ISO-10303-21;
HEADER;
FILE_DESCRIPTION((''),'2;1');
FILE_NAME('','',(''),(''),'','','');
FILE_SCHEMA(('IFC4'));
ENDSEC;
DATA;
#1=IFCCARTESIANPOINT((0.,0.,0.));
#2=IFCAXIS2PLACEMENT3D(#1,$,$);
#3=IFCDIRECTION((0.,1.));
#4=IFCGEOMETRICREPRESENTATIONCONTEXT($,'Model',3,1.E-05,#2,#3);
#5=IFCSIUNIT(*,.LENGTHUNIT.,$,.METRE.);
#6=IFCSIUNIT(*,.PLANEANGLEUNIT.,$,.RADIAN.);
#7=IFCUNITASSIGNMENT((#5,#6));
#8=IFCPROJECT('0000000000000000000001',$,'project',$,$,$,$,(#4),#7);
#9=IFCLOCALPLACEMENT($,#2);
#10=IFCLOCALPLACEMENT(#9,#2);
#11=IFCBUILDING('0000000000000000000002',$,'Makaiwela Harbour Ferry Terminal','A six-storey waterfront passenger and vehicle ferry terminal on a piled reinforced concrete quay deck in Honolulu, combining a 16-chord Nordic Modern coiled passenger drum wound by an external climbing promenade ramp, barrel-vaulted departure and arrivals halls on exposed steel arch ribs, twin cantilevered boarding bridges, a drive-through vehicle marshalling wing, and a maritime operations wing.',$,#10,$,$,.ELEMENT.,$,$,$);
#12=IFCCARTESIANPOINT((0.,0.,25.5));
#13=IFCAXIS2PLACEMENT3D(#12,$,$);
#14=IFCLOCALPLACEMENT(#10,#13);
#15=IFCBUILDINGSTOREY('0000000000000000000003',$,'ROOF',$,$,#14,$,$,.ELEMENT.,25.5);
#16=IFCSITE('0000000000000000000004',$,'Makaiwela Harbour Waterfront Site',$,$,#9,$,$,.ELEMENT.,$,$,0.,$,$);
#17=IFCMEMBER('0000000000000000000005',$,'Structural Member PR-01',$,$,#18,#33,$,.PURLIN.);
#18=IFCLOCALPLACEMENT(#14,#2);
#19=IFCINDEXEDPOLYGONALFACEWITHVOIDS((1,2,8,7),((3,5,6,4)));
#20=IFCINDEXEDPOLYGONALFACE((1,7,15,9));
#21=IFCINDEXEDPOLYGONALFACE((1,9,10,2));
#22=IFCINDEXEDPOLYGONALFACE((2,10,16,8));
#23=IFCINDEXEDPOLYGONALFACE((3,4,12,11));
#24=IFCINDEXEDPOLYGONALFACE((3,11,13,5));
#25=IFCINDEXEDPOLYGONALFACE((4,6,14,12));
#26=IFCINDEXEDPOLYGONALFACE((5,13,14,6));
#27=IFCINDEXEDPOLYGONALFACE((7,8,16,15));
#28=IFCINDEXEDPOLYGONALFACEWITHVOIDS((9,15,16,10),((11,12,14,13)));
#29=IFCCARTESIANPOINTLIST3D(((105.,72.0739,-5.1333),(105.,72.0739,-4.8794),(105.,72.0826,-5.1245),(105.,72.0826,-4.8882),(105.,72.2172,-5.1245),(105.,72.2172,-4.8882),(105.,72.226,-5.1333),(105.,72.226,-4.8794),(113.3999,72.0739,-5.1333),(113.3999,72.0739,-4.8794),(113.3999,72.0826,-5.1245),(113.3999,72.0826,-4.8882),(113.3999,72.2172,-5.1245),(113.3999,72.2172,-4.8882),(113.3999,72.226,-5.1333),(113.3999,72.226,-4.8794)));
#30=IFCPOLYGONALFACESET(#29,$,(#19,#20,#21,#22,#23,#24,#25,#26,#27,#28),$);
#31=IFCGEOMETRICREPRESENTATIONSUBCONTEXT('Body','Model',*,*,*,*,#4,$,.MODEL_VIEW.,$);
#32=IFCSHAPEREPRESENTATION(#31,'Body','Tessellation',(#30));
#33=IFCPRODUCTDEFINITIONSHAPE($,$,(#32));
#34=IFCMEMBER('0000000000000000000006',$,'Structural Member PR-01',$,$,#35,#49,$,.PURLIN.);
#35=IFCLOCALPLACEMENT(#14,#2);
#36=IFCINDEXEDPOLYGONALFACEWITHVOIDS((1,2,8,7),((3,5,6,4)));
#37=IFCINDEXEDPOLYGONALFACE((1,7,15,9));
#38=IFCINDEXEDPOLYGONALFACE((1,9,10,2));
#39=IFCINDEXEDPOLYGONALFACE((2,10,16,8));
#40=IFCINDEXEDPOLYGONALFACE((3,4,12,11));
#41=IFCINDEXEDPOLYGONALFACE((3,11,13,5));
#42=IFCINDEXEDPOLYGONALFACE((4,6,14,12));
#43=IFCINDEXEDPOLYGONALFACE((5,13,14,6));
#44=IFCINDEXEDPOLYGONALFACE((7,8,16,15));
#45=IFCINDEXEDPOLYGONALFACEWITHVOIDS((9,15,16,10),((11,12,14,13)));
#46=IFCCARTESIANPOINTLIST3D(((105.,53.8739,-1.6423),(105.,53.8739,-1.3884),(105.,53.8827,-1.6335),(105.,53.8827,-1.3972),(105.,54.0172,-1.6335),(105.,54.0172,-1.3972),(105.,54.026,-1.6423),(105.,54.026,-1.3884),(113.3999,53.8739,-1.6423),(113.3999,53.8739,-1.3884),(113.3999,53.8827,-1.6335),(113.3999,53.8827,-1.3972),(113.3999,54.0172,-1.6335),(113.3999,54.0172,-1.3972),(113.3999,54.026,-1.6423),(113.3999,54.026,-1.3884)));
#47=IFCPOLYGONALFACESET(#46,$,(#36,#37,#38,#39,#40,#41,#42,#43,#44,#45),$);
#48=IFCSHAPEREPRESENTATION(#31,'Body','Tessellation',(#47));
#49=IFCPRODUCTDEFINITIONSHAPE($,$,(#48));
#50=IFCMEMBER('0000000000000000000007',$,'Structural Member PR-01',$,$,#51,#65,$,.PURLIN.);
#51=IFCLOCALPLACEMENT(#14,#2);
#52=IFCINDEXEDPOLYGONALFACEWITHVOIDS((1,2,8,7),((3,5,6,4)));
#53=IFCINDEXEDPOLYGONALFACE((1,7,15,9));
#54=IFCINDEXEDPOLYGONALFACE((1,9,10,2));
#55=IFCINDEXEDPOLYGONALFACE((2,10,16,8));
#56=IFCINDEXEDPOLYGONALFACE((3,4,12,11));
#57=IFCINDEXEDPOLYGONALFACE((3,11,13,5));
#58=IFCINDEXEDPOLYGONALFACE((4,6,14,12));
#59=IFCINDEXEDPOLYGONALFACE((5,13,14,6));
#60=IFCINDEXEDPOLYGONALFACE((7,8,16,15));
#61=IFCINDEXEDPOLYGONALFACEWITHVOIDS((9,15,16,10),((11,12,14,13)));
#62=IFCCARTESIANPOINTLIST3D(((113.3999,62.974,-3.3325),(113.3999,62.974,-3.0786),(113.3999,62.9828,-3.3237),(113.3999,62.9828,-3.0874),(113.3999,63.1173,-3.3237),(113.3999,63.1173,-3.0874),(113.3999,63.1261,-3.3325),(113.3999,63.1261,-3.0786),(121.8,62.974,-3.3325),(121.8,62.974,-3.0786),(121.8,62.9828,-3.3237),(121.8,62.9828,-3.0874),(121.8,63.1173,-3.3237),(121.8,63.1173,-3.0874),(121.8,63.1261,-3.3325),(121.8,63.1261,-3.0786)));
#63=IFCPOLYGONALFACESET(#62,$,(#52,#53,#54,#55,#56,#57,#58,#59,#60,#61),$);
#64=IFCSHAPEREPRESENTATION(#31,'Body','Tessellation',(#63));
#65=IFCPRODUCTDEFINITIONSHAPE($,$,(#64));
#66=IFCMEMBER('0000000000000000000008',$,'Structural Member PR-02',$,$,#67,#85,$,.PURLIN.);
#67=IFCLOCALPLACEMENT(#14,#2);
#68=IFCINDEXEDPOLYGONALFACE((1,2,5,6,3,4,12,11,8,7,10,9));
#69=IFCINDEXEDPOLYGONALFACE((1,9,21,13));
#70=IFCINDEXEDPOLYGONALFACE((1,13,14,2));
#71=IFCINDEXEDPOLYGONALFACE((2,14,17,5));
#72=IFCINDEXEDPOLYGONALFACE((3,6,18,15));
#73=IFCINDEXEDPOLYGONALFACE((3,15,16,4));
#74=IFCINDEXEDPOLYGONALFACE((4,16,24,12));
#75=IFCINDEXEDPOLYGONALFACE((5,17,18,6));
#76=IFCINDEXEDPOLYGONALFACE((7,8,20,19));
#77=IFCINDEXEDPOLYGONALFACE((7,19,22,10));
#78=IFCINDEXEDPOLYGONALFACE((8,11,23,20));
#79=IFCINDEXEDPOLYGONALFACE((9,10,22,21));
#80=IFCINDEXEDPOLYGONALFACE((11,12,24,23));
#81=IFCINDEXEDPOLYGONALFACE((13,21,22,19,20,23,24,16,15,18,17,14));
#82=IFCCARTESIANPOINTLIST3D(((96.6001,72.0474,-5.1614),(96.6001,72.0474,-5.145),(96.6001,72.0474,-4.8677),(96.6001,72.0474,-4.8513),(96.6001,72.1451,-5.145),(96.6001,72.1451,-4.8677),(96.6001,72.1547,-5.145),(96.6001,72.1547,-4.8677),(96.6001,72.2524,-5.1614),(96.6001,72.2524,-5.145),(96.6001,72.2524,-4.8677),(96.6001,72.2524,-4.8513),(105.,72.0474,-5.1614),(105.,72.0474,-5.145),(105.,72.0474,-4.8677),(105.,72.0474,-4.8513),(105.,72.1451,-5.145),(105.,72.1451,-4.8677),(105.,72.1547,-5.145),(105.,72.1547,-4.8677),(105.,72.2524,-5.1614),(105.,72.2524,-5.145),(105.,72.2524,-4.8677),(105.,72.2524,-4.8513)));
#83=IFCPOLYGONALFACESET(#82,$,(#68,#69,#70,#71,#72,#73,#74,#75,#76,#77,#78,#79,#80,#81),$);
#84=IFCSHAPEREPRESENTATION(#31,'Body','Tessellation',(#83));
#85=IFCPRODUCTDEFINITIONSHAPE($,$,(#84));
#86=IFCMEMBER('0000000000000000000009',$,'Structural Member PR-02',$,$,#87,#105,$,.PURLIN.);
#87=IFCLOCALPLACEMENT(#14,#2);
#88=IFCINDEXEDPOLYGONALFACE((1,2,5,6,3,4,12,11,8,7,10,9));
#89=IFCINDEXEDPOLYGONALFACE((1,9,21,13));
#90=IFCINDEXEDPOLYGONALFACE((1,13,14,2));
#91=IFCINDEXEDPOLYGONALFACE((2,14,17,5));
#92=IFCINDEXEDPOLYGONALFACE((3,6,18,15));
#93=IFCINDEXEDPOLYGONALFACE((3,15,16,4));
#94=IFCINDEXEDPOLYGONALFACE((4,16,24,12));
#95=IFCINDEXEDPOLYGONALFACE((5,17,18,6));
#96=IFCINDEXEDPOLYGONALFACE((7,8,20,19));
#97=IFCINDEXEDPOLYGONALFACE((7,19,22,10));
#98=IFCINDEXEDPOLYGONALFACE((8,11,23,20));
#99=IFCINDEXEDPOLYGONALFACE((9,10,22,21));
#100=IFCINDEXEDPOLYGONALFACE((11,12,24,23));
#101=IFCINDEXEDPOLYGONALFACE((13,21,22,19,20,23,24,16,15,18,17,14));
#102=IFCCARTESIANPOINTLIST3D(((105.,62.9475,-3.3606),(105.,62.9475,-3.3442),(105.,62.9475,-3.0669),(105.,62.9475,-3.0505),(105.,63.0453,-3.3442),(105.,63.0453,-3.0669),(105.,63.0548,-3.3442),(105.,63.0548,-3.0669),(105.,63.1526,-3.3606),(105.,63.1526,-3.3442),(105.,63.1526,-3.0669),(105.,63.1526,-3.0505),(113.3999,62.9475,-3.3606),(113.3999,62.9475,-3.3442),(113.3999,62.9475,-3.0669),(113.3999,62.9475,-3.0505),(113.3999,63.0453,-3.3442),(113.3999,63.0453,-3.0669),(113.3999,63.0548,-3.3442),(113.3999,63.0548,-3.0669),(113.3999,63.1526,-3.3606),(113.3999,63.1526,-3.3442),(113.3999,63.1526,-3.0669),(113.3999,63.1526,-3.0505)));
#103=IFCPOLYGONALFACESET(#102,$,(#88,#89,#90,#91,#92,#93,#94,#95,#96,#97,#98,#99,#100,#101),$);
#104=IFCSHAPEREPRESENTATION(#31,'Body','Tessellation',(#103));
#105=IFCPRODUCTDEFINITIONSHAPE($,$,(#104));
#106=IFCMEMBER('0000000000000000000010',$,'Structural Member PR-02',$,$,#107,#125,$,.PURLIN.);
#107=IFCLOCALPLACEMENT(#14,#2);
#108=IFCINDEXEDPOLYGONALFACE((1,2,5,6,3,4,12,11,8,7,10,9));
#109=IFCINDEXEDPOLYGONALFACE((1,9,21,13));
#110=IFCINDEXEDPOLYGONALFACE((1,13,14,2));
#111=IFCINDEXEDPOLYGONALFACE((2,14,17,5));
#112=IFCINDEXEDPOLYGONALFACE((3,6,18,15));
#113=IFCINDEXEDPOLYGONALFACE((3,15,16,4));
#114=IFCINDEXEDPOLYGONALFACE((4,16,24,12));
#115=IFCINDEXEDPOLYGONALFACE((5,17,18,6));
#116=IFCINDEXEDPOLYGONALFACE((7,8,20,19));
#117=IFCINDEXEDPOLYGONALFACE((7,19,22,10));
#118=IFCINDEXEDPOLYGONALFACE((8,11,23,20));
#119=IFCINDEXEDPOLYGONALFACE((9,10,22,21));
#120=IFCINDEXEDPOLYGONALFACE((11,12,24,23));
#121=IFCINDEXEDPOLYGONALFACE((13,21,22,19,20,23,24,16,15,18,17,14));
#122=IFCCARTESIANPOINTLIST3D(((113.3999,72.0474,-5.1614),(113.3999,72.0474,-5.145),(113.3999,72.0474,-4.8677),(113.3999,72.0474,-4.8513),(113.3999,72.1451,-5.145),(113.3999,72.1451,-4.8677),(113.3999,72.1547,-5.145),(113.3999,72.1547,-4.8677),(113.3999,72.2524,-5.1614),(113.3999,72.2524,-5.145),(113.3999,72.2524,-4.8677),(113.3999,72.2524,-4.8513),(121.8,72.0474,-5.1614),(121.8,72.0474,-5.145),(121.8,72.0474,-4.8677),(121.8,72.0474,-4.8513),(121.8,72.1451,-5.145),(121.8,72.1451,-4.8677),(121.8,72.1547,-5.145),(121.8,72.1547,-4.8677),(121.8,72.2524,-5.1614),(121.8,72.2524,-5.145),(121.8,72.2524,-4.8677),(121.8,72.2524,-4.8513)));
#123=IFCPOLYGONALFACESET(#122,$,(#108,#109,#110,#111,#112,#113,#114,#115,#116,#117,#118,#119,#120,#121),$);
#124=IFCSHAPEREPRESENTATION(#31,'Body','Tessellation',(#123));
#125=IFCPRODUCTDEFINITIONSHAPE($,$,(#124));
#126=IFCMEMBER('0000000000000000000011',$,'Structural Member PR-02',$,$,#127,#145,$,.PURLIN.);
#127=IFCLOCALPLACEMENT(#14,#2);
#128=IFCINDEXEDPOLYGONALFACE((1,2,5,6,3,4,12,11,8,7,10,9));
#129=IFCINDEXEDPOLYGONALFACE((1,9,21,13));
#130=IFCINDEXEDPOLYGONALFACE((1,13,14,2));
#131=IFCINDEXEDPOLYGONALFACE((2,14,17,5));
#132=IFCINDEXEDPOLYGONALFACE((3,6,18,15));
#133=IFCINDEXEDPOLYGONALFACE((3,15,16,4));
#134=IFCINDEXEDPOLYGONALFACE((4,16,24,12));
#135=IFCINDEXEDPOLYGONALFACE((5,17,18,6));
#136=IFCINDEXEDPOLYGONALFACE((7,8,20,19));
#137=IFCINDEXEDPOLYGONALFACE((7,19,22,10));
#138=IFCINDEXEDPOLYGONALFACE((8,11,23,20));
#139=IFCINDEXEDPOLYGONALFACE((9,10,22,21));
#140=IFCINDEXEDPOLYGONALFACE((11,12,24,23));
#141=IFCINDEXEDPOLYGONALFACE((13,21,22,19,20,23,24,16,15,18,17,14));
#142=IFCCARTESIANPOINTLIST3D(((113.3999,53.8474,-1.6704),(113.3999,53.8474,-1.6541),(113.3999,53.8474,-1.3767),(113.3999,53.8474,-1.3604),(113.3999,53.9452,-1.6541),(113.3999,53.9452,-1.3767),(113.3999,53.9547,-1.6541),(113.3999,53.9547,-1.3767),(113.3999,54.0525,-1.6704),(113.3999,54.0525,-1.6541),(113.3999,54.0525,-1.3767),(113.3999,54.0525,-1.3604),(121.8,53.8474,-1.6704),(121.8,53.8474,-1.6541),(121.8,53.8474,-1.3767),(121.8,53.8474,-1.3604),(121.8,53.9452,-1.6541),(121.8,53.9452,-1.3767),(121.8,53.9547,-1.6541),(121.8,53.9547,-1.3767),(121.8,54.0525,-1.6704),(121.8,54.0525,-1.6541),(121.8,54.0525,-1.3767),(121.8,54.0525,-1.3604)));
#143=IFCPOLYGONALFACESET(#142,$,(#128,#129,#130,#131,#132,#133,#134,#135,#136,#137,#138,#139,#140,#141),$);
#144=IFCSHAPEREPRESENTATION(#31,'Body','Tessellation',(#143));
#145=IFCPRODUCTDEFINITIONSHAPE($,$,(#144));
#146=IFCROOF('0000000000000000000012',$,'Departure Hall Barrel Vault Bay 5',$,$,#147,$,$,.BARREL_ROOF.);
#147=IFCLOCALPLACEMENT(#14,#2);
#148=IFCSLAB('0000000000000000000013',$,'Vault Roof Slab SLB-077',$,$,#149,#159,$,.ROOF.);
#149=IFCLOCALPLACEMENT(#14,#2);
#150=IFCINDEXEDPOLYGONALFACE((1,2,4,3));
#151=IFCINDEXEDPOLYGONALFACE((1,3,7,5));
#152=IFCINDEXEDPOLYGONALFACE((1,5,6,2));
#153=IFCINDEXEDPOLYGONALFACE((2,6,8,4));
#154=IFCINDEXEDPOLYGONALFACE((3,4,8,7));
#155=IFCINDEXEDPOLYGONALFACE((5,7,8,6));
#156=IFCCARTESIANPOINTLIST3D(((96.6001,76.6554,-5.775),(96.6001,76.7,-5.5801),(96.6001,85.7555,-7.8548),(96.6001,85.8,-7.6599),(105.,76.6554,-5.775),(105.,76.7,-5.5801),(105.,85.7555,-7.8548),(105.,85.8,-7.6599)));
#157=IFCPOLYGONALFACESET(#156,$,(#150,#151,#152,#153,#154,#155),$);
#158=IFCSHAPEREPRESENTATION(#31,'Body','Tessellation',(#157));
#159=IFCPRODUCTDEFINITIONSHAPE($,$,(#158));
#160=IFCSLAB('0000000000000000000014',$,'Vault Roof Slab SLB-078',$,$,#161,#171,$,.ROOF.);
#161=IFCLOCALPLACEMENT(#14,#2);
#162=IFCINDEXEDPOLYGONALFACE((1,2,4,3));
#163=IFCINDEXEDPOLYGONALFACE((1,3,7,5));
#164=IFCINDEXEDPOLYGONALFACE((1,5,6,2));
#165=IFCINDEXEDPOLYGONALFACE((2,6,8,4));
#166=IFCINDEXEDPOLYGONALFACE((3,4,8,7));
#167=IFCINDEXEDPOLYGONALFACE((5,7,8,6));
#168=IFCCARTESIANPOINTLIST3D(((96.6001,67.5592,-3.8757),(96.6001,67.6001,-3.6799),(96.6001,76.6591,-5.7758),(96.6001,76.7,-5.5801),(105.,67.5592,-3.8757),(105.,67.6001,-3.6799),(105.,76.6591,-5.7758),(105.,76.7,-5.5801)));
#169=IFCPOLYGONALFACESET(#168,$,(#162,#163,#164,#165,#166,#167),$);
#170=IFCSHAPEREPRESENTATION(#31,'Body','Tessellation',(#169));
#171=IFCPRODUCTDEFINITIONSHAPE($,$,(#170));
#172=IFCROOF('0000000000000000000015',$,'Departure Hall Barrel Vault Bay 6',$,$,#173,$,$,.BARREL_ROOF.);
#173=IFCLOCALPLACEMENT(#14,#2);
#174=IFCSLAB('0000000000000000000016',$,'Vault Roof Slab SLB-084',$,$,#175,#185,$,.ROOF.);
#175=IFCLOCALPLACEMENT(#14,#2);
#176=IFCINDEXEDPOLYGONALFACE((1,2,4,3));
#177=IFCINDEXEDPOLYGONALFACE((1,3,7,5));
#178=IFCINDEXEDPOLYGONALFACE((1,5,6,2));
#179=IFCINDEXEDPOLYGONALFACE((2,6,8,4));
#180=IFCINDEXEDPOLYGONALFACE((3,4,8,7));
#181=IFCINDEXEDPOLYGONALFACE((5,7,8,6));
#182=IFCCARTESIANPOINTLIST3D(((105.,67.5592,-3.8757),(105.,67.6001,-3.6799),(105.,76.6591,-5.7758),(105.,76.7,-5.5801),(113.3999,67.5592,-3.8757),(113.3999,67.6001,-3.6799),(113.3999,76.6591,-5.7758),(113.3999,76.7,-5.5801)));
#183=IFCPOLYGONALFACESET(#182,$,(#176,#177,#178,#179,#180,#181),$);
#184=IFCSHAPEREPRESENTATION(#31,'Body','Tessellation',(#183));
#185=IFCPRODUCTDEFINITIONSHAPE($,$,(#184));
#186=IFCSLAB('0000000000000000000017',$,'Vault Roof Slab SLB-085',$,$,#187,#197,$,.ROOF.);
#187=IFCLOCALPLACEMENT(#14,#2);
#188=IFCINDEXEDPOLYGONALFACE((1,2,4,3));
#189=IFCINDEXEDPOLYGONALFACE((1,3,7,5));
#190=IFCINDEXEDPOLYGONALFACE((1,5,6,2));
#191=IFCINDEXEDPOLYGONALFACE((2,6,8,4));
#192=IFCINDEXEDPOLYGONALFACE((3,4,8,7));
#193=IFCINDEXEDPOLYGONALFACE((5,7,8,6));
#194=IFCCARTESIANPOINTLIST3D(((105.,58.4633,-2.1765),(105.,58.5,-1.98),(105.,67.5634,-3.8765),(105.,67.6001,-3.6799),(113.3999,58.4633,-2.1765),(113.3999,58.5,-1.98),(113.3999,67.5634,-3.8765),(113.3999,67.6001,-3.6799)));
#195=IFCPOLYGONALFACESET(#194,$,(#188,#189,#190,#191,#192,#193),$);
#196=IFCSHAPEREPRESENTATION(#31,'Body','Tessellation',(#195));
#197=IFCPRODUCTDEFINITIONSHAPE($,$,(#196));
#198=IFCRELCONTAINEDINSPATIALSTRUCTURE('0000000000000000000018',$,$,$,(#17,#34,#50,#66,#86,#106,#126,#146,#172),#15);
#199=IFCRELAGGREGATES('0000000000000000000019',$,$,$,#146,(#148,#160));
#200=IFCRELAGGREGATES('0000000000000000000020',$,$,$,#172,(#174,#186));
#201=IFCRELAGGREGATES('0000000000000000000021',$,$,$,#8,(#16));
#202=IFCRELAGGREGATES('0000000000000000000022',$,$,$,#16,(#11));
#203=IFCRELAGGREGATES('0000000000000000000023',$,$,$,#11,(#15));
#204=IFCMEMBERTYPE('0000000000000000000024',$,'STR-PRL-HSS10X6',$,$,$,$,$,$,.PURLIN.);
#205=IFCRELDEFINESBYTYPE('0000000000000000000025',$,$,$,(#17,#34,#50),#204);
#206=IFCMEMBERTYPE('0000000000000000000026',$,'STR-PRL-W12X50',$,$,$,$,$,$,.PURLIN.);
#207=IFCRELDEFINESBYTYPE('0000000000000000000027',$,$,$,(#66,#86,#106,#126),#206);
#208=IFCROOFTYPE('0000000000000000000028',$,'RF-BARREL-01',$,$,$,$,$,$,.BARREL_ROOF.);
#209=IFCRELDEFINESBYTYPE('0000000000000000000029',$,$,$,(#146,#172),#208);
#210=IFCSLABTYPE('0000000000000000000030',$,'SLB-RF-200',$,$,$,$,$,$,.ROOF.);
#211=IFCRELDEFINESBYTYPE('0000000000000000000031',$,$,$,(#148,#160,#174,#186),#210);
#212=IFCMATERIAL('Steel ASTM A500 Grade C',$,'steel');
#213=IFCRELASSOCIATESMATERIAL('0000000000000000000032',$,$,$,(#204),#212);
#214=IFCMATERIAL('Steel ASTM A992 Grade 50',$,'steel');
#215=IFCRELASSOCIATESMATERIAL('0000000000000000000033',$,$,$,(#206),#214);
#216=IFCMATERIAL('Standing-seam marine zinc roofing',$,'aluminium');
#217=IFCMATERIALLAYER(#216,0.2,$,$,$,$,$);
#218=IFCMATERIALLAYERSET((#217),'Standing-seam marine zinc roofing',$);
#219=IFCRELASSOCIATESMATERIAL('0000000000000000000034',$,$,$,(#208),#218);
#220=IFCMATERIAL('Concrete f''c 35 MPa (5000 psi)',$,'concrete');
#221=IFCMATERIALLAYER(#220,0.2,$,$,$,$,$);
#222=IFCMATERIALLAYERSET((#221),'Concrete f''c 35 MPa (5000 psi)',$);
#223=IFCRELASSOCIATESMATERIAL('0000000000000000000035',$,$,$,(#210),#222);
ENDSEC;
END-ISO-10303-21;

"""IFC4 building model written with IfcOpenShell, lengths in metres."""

from ifc_helpers import new_model, si_unit, direction, frame, origin, origin_2d, place, context, subcontext, project, spatial, polyline, hollow_rectangle, i_section, outline, extrude, material, layer, layer_set, material_profile, profile_set, type_object, element, aggregate, save


model = new_model("IFC4")

# Units and contexts
model_context = context("Model", 3, precision=1e-05, world=origin(), true_north=direction((0.0, 1.0)))
body_context = subcontext(model_context, "Body", "Model", "MODEL_VIEW")
ifc_project = project(units=[si_unit("LENGTHUNIT", "METRE"), si_unit("PLANEANGLEUNIT", "RADIAN")], contexts=[model_context])

# Site, building, storey
site_placement = place(None, origin())
site = spatial("IfcSite", under=ifc_project, at=site_placement, Name="Makaiwela Harbour Waterfront Site", CompositionType="ELEMENT", RefElevation=0.0)
building_placement = place(site_placement, origin())
building = spatial("IfcBuilding", under=site, at=building_placement, Name="Makaiwela Harbour Ferry Terminal", Description="A six-storey waterfront passenger and vehicle ferry terminal on a piled reinforced concrete quay deck in Honolulu, combining a 16-chord Nordic Modern coiled passenger drum wound by an external climbing promenade ramp, barrel-vaulted departure and arrivals halls on exposed steel arch ribs, twin cantilevered boarding bridges, a drive-through vehicle marshalling wing, and a maritime operations wing.", CompositionType="ELEMENT")
storey_placement = place(building_placement, frame((0.0, 0.0, 25.5)))
storey = spatial("IfcBuildingStorey", under=building, at=storey_placement, Name="ROOF", CompositionType="ELEMENT", Elevation=25.5)

# Shared definitions
ifc_material_1 = material(Name="Steel ASTM A992 Grade 50", Category="steel")

# Members
ifc_material_2 = material(Name="Steel ASTM A500 Grade C", Category="steel")
ifc_material_profile_1 = material_profile(ifc_material_2, hollow_rectangle(XDim=0.1521, YDim=0.2539, WallThickness=0.0088, at=origin_2d()), Name="HSS10X6X3/8")
ifc_profile_set_1 = profile_set([ifc_material_profile_1], Name="Steel ASTM A500 Grade C")
member_type_1 = type_object("IfcMemberType", Name="STR-PRL-HSS10X6", PredefinedType="PURLIN", material=ifc_profile_set_1)
for number, where, z_axis, x_axis, name in (
    (1, (105.0, 72.1499, -5.0063), (1.0, 0.0, 0.0), (0.0, 1.0, 0.0), "Structural Member PR-01"),
    (2, (105.0, 53.95, -1.5154), (1.0, 0.0, 0.0), (0.0, 1.0, 0.0), "Structural Member PR-01"),
):
    element("IfcMember", number, at=place(storey_placement, frame(where, z_axis=z_axis, x_axis=x_axis)), inside=storey, type_object=member_type_1, Name=name, PredefinedType="PURLIN", context=body_context, shape_type="SweptSolid", body=[
        extrude(hollow_rectangle(XDim=0.1521, YDim=0.2539, WallThickness=0.0088, at=origin_2d()), origin(), (0.0, 0.0, 1.0), 8.3999),
    ])
member_1_placement = place(storey_placement, frame((113.3999, 63.05, -3.2056), z_axis=(1.0, 0.0, 0.0), x_axis=(0.0, 1.0, 0.0)))
element("IfcMember", 3, at=member_1_placement, inside=storey, type_object=member_type_1, Name="Structural Member PR-01", PredefinedType="PURLIN", context=body_context, shape_type="SweptSolid", body=[
    extrude(hollow_rectangle(XDim=0.1521, YDim=0.2539, WallThickness=0.0088, at=origin_2d()), origin(), (0.0, 0.0, 1.0), 8.4001),
])
ifc_material_profile_2 = material_profile(ifc_material_1, i_section(OverallWidth=0.2051, OverallDepth=0.3101, WebThickness=0.0095, FlangeThickness=0.0164, at=origin_2d()), Name="W12X50")
ifc_profile_set_2 = profile_set([ifc_material_profile_2], Name="Steel ASTM A992 Grade 50")
member_type_2 = type_object("IfcMemberType", Name="STR-PRL-W12X50", PredefinedType="PURLIN", material=ifc_profile_set_2)
for number, where, z_axis, x_axis, name in (
    (4, (96.6001, 72.1499, -5.0063), (1.0, 0.0, 0.0), (0.0, 1.0, 0.0), "Structural Member PR-02"),
    (5, (105.0, 63.05, -3.2056), (1.0, 0.0, 0.0), (0.0, 1.0, 0.0), "Structural Member PR-02"),
):
    element("IfcMember", number, at=place(storey_placement, frame(where, z_axis=z_axis, x_axis=x_axis)), inside=storey, type_object=member_type_2, Name=name, PredefinedType="PURLIN", context=body_context, shape_type="SweptSolid", body=[
        extrude(i_section(OverallWidth=0.2051, OverallDepth=0.3101, WebThickness=0.0095, FlangeThickness=0.0164, at=origin_2d()), origin(), (0.0, 0.0, 1.0), 8.3999),
    ])
for number, where, z_axis, x_axis, name in (
    (6, (113.3999, 72.1499, -5.0063), (1.0, 0.0, 0.0), (0.0, 1.0, 0.0), "Structural Member PR-02"),
    (7, (113.3999, 53.95, -1.5154), (1.0, 0.0, 0.0), (0.0, 1.0, 0.0), "Structural Member PR-02"),
):
    element("IfcMember", number, at=place(storey_placement, frame(where, z_axis=z_axis, x_axis=x_axis)), inside=storey, type_object=member_type_2, Name=name, PredefinedType="PURLIN", context=body_context, shape_type="SweptSolid", body=[
        extrude(i_section(OverallWidth=0.2051, OverallDepth=0.3101, WebThickness=0.0095, FlangeThickness=0.0164, at=origin_2d()), origin(), (0.0, 0.0, 1.0), 8.4001),
    ])

# Roofs, slabs
ifc_material_3 = material(Name="Standing-seam marine zinc roofing", Category="aluminium")
ifc_layer_1 = layer(ifc_material_3, 0.2)
ifc_layer_set_1 = layer_set([ifc_layer_1], Name="Standing-seam marine zinc roofing")
roof_type = type_object("IfcRoofType", Name="RF-BARREL-01", PredefinedType="BARREL_ROOF", material=ifc_layer_set_1)
roof_1_placement = place(storey_placement, origin())
roof_1 = element("IfcRoof", 8, at=roof_1_placement, inside=storey, type_object=roof_type, Name="Departure Hall Barrel Vault Bay 5", PredefinedType="BARREL_ROOF")
ifc_material_4 = material(Name="Concrete f'c 35 MPa (5000 psi)", Category="concrete")
ifc_layer_2 = layer(ifc_material_4, 0.2)
ifc_layer_set_2 = layer_set([ifc_layer_2], Name="Concrete f'c 35 MPa (5000 psi)")
slab_type = type_object("IfcSlabType", Name="SLB-RF-200", PredefinedType="ROOF", material=ifc_layer_set_2)
slab_1_placement = place(storey_placement, frame((96.6001, 76.7, -5.5801), z_axis=(0.0, 0.222806, 0.974863), x_axis=(1.0, 0.0, 0.0)))
slab_1 = element("IfcSlab", 9, at=slab_1_placement, type_object=slab_type, Name="Vault Roof Slab SLB-077", PredefinedType="ROOF", context=body_context, shape_type="SweptSolid", body=[
    extrude(outline(polyline([(0.0, 0.0), (8.3999, 0.0), (8.3999, 9.3347), (0.0, 9.3347), (0.0, 0.0)])), origin(), (0.0, 0.0, -1.0), 0.2),
])
slab_2_placement = place(storey_placement, frame((96.6001, 67.6001, -3.6799), z_axis=(0.0, 0.204402, 0.978887), x_axis=(1.0, 0.0, 0.0)))
slab_2 = element("IfcSlab", 10, at=slab_2_placement, type_object=slab_type, Name="Vault Roof Slab SLB-078", PredefinedType="ROOF", context=body_context, shape_type="SweptSolid", body=[
    extrude(outline(polyline([(0.0, 0.0), (8.3999, 0.0), (8.3999, 9.2961), (0.0, 9.2961), (0.0, 0.0)])), origin(), (0.0, 0.0, -1.0), 0.2),
])
roof_2_placement = place(storey_placement, origin())
roof_2 = element("IfcRoof", 11, at=roof_2_placement, inside=storey, type_object=roof_type, Name="Departure Hall Barrel Vault Bay 6", PredefinedType="BARREL_ROOF")
slab_3_placement = place(storey_placement, frame((105.0, 67.6001, -3.6799), z_axis=(0.0, 0.204402, 0.978887), x_axis=(1.0, 0.0, 0.0)))
slab_3 = element("IfcSlab", 12, at=slab_3_placement, type_object=slab_type, Name="Vault Roof Slab SLB-084", PredefinedType="ROOF", context=body_context, shape_type="SweptSolid", body=[
    extrude(outline(polyline([(0.0, 0.0), (8.3999, 0.0), (8.3999, 9.2961), (0.0, 9.2961), (0.0, 0.0)])), origin(), (0.0, 0.0, -1.0), 0.2),
])
slab_4_placement = place(storey_placement, frame((105.0, 58.5, -1.98), z_axis=(0.0, 0.183629, 0.982996), x_axis=(1.0, 0.0, 0.0)))
slab_4 = element("IfcSlab", 13, at=slab_4_placement, type_object=slab_type, Name="Vault Roof Slab SLB-085", PredefinedType="ROOF", context=body_context, shape_type="SweptSolid", body=[
    extrude(outline(polyline([(0.0, 0.0), (8.3999, 0.0), (8.3999, 9.2575), (0.0, 9.2575), (0.0, 0.0)])), origin(), (0.0, 0.0, -1.0), 0.2),
])

aggregate(roof_1, [slab_1, slab_2])
aggregate(roof_2, [slab_3, slab_4])

save(model, "model.ifc")
